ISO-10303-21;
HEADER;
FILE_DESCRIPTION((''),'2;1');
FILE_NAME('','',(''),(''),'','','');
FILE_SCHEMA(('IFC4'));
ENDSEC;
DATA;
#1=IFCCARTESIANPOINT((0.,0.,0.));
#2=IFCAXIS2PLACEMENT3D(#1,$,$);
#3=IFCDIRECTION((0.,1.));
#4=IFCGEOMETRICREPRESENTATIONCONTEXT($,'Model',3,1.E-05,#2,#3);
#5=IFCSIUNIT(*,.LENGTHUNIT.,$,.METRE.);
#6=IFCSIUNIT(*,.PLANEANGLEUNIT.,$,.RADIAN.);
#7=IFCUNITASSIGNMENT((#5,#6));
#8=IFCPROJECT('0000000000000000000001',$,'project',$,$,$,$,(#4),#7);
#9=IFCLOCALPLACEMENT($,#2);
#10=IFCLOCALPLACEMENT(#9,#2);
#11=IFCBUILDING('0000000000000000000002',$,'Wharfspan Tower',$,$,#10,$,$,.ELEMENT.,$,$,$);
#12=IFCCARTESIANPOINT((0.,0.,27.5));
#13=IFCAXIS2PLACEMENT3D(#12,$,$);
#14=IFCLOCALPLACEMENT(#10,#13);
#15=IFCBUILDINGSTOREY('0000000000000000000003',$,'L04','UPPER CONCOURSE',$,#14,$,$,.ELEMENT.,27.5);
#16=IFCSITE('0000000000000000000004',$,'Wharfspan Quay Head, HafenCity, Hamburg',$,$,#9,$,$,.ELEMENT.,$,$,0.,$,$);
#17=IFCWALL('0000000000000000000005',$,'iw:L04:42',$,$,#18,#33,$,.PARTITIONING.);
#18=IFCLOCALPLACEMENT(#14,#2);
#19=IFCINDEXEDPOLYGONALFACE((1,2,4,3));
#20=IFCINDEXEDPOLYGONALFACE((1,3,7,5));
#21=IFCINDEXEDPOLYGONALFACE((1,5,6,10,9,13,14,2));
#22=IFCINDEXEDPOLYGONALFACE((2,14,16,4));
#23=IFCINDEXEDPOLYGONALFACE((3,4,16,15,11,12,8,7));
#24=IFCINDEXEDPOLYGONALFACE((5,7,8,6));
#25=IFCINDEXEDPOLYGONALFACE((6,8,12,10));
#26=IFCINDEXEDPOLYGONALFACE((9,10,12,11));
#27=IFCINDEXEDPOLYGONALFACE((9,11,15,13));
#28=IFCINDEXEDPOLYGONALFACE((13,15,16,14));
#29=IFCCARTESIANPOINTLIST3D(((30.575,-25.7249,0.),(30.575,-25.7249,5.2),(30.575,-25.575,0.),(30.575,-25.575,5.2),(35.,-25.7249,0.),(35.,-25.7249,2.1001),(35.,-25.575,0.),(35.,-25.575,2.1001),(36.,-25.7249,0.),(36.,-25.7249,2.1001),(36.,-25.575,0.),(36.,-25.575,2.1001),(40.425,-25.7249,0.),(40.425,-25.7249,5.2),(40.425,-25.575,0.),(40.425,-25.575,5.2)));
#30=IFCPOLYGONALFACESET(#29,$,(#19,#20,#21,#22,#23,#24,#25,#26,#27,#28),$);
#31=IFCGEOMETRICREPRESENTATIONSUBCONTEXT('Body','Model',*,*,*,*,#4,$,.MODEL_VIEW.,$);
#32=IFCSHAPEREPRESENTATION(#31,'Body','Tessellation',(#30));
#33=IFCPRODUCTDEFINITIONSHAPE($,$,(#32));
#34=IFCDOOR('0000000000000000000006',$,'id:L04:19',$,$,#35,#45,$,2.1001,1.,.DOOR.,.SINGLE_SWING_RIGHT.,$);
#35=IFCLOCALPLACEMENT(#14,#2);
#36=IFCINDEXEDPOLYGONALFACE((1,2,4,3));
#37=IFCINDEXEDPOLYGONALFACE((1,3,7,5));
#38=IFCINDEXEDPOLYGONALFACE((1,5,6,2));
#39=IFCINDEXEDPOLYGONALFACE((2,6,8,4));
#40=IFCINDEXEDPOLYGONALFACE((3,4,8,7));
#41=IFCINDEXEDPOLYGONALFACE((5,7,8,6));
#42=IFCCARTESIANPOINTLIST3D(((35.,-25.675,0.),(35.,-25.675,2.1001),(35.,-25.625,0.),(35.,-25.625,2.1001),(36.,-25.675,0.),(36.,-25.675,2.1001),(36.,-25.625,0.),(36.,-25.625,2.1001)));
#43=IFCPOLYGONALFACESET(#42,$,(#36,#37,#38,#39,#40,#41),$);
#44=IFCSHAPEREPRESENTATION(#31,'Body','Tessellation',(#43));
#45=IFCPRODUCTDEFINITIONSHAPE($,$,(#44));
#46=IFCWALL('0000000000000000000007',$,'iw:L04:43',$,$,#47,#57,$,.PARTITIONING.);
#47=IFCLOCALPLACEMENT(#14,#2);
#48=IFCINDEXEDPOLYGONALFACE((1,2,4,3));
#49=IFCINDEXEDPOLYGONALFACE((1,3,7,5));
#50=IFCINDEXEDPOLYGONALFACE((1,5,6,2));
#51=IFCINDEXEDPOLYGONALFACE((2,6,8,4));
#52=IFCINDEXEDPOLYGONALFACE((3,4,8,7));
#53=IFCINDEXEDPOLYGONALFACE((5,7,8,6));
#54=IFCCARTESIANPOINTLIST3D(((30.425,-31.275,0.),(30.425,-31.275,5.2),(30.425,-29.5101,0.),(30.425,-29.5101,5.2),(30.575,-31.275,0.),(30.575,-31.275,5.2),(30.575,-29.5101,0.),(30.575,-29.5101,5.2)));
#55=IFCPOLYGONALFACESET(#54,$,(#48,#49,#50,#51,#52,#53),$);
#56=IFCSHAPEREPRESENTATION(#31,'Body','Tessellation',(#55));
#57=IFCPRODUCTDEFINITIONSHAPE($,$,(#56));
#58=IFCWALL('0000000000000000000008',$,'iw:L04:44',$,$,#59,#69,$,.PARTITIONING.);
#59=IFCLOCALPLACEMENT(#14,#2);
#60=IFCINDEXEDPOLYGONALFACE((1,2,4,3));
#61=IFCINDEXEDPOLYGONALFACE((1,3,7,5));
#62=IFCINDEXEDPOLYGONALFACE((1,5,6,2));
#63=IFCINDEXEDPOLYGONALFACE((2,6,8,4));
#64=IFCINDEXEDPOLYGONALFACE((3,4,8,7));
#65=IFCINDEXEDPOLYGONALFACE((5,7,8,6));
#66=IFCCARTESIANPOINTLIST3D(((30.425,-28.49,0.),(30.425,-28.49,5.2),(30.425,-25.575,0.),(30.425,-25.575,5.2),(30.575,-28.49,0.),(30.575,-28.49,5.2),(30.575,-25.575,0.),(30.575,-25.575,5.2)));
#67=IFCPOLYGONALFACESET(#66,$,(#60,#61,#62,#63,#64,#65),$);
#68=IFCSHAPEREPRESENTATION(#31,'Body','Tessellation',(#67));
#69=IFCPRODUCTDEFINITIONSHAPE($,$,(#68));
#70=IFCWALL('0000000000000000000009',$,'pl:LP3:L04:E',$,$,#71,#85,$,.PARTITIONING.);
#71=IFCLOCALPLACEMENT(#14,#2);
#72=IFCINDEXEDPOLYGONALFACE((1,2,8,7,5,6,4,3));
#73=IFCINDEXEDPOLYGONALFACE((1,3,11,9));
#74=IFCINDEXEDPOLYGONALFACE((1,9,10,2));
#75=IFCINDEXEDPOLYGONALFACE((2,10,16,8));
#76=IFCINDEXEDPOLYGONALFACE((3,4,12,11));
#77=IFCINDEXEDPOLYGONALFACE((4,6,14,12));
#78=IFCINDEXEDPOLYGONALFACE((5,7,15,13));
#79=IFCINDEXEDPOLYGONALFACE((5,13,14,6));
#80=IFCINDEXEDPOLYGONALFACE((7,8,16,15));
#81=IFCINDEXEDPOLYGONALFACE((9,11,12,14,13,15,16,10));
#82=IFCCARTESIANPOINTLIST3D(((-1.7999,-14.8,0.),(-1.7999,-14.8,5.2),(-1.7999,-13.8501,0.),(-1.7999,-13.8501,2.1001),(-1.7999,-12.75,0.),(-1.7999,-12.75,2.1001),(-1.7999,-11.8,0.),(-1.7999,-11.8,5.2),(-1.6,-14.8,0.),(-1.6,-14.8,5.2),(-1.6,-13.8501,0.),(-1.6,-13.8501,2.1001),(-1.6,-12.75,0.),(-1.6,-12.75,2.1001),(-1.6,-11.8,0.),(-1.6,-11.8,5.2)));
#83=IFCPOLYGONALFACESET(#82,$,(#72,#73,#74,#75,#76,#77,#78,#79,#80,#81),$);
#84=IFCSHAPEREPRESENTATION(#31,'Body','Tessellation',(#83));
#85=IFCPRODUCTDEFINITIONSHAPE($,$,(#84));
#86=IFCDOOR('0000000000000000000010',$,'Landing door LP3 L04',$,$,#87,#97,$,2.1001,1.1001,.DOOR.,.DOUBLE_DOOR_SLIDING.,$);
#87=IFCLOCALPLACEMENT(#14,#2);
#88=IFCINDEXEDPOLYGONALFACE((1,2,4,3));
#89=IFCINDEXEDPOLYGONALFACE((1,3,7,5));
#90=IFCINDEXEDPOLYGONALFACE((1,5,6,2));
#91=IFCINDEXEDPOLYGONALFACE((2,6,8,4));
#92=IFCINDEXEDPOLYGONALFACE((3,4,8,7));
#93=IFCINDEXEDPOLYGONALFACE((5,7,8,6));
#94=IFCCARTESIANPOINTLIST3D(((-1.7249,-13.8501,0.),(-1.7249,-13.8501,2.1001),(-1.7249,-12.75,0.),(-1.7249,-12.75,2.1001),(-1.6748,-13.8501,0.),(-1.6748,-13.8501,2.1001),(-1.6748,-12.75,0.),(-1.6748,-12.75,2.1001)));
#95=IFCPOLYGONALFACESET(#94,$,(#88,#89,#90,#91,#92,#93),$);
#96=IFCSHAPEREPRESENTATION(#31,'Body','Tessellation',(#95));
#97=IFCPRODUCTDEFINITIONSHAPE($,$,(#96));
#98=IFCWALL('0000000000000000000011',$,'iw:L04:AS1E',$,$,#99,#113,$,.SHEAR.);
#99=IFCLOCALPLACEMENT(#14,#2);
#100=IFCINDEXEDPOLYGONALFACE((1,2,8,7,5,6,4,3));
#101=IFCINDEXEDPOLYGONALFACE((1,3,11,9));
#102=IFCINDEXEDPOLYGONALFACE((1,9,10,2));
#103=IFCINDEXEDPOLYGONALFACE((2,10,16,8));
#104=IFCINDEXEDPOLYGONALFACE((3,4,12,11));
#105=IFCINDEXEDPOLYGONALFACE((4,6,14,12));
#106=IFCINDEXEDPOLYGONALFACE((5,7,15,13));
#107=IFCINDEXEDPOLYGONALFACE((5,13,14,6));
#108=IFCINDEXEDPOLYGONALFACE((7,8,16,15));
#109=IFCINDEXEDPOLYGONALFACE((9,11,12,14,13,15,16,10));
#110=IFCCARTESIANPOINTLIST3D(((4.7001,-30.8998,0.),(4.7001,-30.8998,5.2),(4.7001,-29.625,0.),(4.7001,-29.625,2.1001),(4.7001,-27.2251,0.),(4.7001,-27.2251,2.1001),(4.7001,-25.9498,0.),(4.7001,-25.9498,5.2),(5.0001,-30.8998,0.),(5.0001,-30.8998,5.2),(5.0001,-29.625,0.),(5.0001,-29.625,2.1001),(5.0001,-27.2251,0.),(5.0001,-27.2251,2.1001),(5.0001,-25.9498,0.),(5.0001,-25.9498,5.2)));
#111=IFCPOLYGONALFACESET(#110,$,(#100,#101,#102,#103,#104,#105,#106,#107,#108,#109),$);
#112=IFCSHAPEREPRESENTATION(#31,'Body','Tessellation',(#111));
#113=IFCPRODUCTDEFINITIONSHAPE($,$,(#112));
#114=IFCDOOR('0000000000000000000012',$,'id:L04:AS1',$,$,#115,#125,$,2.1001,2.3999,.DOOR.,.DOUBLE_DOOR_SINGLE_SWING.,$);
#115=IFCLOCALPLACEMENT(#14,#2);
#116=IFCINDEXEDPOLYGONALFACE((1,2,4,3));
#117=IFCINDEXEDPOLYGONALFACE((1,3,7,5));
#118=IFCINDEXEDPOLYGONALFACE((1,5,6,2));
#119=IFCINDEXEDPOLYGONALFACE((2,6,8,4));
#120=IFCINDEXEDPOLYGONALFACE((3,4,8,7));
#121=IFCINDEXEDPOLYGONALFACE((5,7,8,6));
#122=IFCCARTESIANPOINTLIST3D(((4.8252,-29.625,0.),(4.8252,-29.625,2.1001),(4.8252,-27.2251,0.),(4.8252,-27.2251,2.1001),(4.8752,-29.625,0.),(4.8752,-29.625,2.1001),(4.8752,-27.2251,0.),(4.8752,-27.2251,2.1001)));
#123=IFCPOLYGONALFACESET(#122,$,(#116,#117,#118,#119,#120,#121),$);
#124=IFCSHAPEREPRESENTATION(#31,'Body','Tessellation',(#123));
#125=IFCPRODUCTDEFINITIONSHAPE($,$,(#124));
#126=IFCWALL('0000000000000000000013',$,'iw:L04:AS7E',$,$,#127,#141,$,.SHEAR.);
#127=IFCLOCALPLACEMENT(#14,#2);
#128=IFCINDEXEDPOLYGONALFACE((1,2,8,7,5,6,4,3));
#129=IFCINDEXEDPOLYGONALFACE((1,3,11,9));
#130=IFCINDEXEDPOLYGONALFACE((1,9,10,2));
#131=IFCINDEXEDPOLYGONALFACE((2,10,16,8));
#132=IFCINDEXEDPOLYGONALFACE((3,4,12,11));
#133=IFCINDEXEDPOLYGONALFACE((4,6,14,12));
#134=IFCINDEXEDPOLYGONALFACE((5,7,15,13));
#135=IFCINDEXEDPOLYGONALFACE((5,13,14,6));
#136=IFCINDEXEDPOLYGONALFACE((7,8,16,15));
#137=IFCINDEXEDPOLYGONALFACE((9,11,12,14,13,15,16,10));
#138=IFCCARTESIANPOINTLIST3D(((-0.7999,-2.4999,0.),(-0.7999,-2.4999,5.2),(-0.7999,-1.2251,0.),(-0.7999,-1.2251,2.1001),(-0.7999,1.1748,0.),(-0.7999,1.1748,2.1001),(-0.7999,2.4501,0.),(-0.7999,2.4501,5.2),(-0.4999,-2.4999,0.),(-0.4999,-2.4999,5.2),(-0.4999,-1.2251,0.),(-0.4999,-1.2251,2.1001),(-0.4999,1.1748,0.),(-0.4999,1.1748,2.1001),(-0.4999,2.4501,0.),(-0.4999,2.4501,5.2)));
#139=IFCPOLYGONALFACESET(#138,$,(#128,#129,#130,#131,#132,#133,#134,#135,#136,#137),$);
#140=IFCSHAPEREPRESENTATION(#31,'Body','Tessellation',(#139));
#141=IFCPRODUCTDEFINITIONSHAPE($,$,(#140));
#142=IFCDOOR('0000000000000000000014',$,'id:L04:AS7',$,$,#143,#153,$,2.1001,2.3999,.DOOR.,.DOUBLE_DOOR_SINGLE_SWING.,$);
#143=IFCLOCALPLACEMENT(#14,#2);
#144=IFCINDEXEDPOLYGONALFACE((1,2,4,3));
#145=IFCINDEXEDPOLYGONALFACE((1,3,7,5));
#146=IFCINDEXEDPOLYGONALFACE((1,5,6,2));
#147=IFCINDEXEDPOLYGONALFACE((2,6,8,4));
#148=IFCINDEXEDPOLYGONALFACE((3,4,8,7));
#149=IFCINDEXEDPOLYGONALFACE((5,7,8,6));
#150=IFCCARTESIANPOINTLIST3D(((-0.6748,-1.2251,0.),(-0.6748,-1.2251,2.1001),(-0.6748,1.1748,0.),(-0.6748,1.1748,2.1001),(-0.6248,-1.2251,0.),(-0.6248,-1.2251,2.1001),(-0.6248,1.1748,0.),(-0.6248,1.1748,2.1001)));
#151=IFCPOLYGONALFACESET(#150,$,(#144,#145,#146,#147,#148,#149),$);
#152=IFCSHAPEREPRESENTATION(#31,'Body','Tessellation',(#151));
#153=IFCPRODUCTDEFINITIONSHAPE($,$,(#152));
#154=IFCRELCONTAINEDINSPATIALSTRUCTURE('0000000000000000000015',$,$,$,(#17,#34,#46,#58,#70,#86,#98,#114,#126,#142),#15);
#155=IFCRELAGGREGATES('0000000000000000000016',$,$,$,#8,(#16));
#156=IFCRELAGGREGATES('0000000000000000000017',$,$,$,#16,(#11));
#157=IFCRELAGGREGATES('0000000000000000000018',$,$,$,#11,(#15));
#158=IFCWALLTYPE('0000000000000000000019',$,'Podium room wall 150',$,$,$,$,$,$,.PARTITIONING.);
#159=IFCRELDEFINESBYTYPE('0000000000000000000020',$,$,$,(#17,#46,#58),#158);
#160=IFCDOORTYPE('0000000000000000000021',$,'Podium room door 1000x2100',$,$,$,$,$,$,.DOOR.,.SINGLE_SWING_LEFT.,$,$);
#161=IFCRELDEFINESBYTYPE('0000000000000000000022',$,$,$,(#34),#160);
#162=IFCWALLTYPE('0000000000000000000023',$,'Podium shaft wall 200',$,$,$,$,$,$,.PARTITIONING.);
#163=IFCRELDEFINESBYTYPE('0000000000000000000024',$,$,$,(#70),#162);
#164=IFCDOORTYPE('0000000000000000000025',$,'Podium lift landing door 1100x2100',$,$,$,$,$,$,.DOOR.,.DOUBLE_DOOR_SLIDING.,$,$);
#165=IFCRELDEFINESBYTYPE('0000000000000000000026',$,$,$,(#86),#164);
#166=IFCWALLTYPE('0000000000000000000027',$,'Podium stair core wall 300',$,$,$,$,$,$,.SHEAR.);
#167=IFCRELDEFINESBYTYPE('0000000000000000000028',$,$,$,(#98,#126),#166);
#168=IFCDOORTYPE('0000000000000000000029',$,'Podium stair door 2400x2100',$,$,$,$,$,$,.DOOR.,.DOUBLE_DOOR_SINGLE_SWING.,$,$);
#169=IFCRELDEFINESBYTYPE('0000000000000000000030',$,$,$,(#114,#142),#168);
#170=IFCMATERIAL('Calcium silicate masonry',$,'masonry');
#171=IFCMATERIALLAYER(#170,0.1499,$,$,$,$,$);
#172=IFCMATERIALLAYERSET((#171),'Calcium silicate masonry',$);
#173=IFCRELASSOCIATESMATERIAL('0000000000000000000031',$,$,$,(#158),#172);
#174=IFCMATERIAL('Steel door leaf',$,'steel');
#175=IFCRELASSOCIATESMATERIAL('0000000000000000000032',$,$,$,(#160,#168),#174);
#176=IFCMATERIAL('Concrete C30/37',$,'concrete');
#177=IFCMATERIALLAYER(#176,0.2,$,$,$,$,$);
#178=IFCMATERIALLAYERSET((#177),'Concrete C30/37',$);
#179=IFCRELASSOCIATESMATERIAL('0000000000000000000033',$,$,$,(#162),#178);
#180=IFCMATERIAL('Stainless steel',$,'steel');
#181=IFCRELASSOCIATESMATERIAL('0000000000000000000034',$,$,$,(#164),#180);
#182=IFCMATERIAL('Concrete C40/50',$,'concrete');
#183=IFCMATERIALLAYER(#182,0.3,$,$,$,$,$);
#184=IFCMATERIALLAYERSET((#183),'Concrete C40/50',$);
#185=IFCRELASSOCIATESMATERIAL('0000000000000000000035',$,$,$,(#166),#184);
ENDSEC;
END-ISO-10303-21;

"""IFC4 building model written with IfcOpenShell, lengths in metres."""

from ifc_helpers import new_model, si_unit, direction, frame, frame_2d, origin, place, context, subcontext, project, spatial, rectangle, extrude, material, layer, layer_set, type_object, element, fill, save


model = new_model("IFC4")

# Units and contexts
model_context = context("Model", 3, precision=1e-05, world=origin(), true_north=direction((0.0, 1.0)))
body_context = subcontext(model_context, "Body", "Model", "MODEL_VIEW")
ifc_project = project(units=[si_unit("LENGTHUNIT", "METRE"), si_unit("PLANEANGLEUNIT", "RADIAN")], contexts=[model_context])

# Site, building, storey
site_placement = place(None, origin())
site = spatial("IfcSite", under=ifc_project, at=site_placement, Name="Wharfspan Quay Head, HafenCity, Hamburg", CompositionType="ELEMENT", RefElevation=0.0)
building_placement = place(site_placement, origin())
building = spatial("IfcBuilding", under=site, at=building_placement, Name="Wharfspan Tower", CompositionType="ELEMENT")
storey_placement = place(building_placement, frame((0.0, 0.0, 27.5)))
storey = spatial("IfcBuildingStorey", under=building, at=storey_placement, Name="L04", Description="UPPER CONCOURSE", CompositionType="ELEMENT", Elevation=27.5)

# Shared definitions
ifc_material_1 = material(Name="Concrete C30/37", Category="concrete")
ifc_material_2 = material(Name="Calcium silicate masonry", Category="masonry")
ifc_layer_1 = layer(ifc_material_2, 0.1499)
ifc_layer_set_1 = layer_set([ifc_layer_1], Name="Calcium silicate masonry")
wall_type_1 = type_object("IfcWallType", Name="Podium room wall 150", PredefinedType="PARTITIONING", material=ifc_layer_set_1)

# Wall, opening, door
wall_1_placement = place(storey_placement, frame((30.575, -25.6499, 0.0), z_axis=(0.0, 0.0, 1.0), x_axis=(1.0, 0.0, 0.0)))
wall_1 = element("IfcWall", 1, at=wall_1_placement, inside=storey, type_object=wall_type_1, Name="iw:L04:42", PredefinedType="PARTITIONING", context=body_context, shape_type="SweptSolid", body=[
    extrude(rectangle(XDim=9.8501, YDim=0.1499, at=frame_2d((4.925, 0.0))), origin(), (0.0, 0.0, 1.0), 5.2),
])
opening_1_placement = place(wall_1_placement, frame((4.425, 0.0, 0.0)))
opening_1 = element("IfcOpeningElement", 2, at=opening_1_placement, cuts=wall_1, PredefinedType="OPENING", context=body_context, shape_type="SweptSolid", body=[
    extrude(rectangle(XDim=1.0, YDim=2.1001, at=frame_2d((0.5, 1.05))), frame((0.0, 0.085, 0.0), z_axis=(0.0, -1.0, 0.0), x_axis=(1.0, 0.0, 0.0)), (0.0, 0.0, 1.0), 0.1699),
])
ifc_material_3 = material(Name="Steel door leaf", Category="steel")
door_type_1 = type_object("IfcDoorType", Name="Podium room door 1000x2100", OperationType="SINGLE_SWING_LEFT", PredefinedType="DOOR", material=ifc_material_3)
door_1_placement = place(opening_1_placement, origin())
door_1 = element("IfcDoor", 3, at=door_1_placement, inside=storey, type_object=door_type_1, Name="id:L04:19", OperationType="SINGLE_SWING_RIGHT", OverallHeight=2.1001, OverallWidth=1.0, PredefinedType="DOOR", context=body_context, shape_type="SweptSolid", body=[
    extrude(rectangle(XDim=1.0, YDim=2.1001, at=frame_2d((0.5, 1.05))), frame((0.0, 0.0249, 0.0), z_axis=(0.0, -1.0, 0.0), x_axis=(1.0, 0.0, 0.0)), (0.0, 0.0, 1.0), 0.05),
])
fill(opening_1, door_1)

# Walls
wall_2_placement = place(storey_placement, frame((30.5, -31.2749, 0.0), z_axis=(0.0, 0.0, 1.0), x_axis=(0.0, 1.0, 0.0)))
element("IfcWall", 4, at=wall_2_placement, inside=storey, type_object=wall_type_1, Name="iw:L04:43", PredefinedType="PARTITIONING", context=body_context, shape_type="SweptSolid", body=[
    extrude(rectangle(XDim=1.7649, YDim=0.1499, at=frame_2d((0.8823, 0.0))), origin(), (0.0, 0.0, 1.0), 5.2),
])
wall_3_placement = place(storey_placement, frame((30.5, -28.49, 0.0), z_axis=(0.0, 0.0, 1.0), x_axis=(0.0, 1.0, 0.0)))
element("IfcWall", 5, at=wall_3_placement, inside=storey, type_object=wall_type_1, Name="iw:L04:44", PredefinedType="PARTITIONING", context=body_context, shape_type="SweptSolid", body=[
    extrude(rectangle(XDim=2.915, YDim=0.1499, at=frame_2d((1.4575, 0.0))), origin(), (0.0, 0.0, 1.0), 5.2),
])

# Walls, openings, doors
ifc_layer_2 = layer(ifc_material_1, 0.2)
ifc_layer_set_2 = layer_set([ifc_layer_2], Name="Concrete C30/37")
wall_type_2 = type_object("IfcWallType", Name="Podium shaft wall 200", PredefinedType="PARTITIONING", material=ifc_layer_set_2)
wall_4_placement = place(storey_placement, frame((-1.7, -14.8, 0.0), z_axis=(0.0, 0.0, 1.0), x_axis=(0.0, 1.0, 0.0)))
wall_4 = element("IfcWall", 6, at=wall_4_placement, inside=storey, type_object=wall_type_2, Name="pl:LP3:L04:E", PredefinedType="PARTITIONING", context=body_context, shape_type="SweptSolid", body=[
    extrude(rectangle(XDim=3.0, YDim=0.2, at=frame_2d((1.5, 0.0))), origin(), (0.0, 0.0, 1.0), 5.2),
])
opening_2_placement = place(wall_4_placement, frame((0.95, 0.0, 0.0)))
opening_2 = element("IfcOpeningElement", 7, at=opening_2_placement, cuts=wall_4, PredefinedType="OPENING", context=body_context, shape_type="SweptSolid", body=[
    extrude(rectangle(XDim=1.1001, YDim=2.1001, at=frame_2d((0.55, 1.05))), frame((0.0, 0.1099, 0.0), z_axis=(0.0, -1.0, 0.0), x_axis=(1.0, 0.0, 0.0)), (0.0, 0.0, 1.0), 0.22),
])
ifc_material_4 = material(Name="Stainless steel", Category="steel")
door_type_2 = type_object("IfcDoorType", Name="Podium lift landing door 1100x2100", OperationType="DOUBLE_DOOR_SLIDING", PredefinedType="DOOR", material=ifc_material_4)
door_2_placement = place(opening_2_placement, origin())
door_2 = element("IfcDoor", 8, at=door_2_placement, inside=storey, type_object=door_type_2, Name="Landing door LP3 L04", OperationType="DOUBLE_DOOR_SLIDING", OverallHeight=2.1001, OverallWidth=1.1001, PredefinedType="DOOR", context=body_context, shape_type="SweptSolid", body=[
    extrude(rectangle(XDim=1.1001, YDim=2.1001, at=frame_2d((0.55, 1.05))), frame((0.0, 0.0249, 0.0), z_axis=(0.0, -1.0, 0.0), x_axis=(1.0, 0.0, 0.0)), (0.0, 0.0, 1.0), 0.05),
])
fill(opening_2, door_2)
ifc_material_5 = material(Name="Concrete C40/50", Category="concrete")
ifc_layer_3 = layer(ifc_material_5, 0.3)
ifc_layer_set_3 = layer_set([ifc_layer_3], Name="Concrete C40/50")
wall_type_3 = type_object("IfcWallType", Name="Podium stair core wall 300", PredefinedType="SHEAR", material=ifc_layer_set_3)
wall_5_placement = place(storey_placement, frame((4.8501, -30.8999, 0.0), z_axis=(0.0, 0.0, 1.0), x_axis=(0.0, 1.0, 0.0)))
wall_5 = element("IfcWall", 9, at=wall_5_placement, inside=storey, type_object=wall_type_3, Name="iw:L04:AS1E", PredefinedType="SHEAR", context=body_context, shape_type="SweptSolid", body=[
    extrude(rectangle(XDim=4.95, YDim=0.3, at=frame_2d((2.4751, 0.0))), origin(), (0.0, 0.0, 1.0), 5.2),
])
opening_3_placement = place(wall_5_placement, frame((1.2749, 0.0, 0.0)))
opening_3 = element("IfcOpeningElement", 10, at=opening_3_placement, cuts=wall_5, PredefinedType="OPENING", context=body_context, shape_type="SweptSolid", body=[
    extrude(rectangle(XDim=2.3999, YDim=2.1001, at=frame_2d((1.2, 1.05))), frame((0.0, 0.1599, 0.0), z_axis=(0.0, -1.0, 0.0), x_axis=(1.0, 0.0, 0.0)), (0.0, 0.0, 1.0), 0.3201),
])
door_type_3 = type_object("IfcDoorType", Name="Podium stair door 2400x2100", OperationType="DOUBLE_DOOR_SINGLE_SWING", PredefinedType="DOOR", material=ifc_material_3)
door_3_placement = place(opening_3_placement, origin())
door_3 = element("IfcDoor", 11, at=door_3_placement, inside=storey, type_object=door_type_3, Name="id:L04:AS1", OperationType="DOUBLE_DOOR_SINGLE_SWING", OverallHeight=2.1001, OverallWidth=2.3999, PredefinedType="DOOR", context=body_context, shape_type="SweptSolid", body=[
    extrude(rectangle(XDim=2.3999, YDim=2.1001, at=frame_2d((1.2, 1.05))), frame((0.0, 0.0249, 0.0), z_axis=(0.0, -1.0, 0.0), x_axis=(1.0, 0.0, 0.0)), (0.0, 0.0, 1.0), 0.05),
])
fill(opening_3, door_3)
wall_6_placement = place(storey_placement, frame((-0.6499, -2.5, 0.0), z_axis=(0.0, 0.0, 1.0), x_axis=(0.0, 1.0, 0.0)))
wall_6 = element("IfcWall", 12, at=wall_6_placement, inside=storey, type_object=wall_type_3, Name="iw:L04:AS7E", PredefinedType="SHEAR", context=body_context, shape_type="SweptSolid", body=[
    extrude(rectangle(XDim=4.95, YDim=0.3, at=frame_2d((2.4751, 0.0))), origin(), (0.0, 0.0, 1.0), 5.2),
])
opening_4_placement = place(wall_6_placement, frame((1.2749, 0.0, 0.0)))
opening_4 = element("IfcOpeningElement", 13, at=opening_4_placement, cuts=wall_6, PredefinedType="OPENING", context=body_context, shape_type="SweptSolid", body=[
    extrude(rectangle(XDim=2.3999, YDim=2.1001, at=frame_2d((1.2, 1.05))), frame((0.0, 0.1599, 0.0), z_axis=(0.0, -1.0, 0.0), x_axis=(1.0, 0.0, 0.0)), (0.0, 0.0, 1.0), 0.3201),
])
door_4_placement = place(opening_4_placement, origin())
door_4 = element("IfcDoor", 14, at=door_4_placement, inside=storey, type_object=door_type_3, Name="id:L04:AS7", OperationType="DOUBLE_DOOR_SINGLE_SWING", OverallHeight=2.1001, OverallWidth=2.3999, PredefinedType="DOOR", context=body_context, shape_type="SweptSolid", body=[
    extrude(rectangle(XDim=2.3999, YDim=2.1001, at=frame_2d((1.2, 1.05))), frame((0.0, 0.0249, 0.0), z_axis=(0.0, -1.0, 0.0), x_axis=(1.0, 0.0, 0.0)), (0.0, 0.0, 1.0), 0.05),
])
fill(opening_4, door_4)

save(model, "model.ifc")
